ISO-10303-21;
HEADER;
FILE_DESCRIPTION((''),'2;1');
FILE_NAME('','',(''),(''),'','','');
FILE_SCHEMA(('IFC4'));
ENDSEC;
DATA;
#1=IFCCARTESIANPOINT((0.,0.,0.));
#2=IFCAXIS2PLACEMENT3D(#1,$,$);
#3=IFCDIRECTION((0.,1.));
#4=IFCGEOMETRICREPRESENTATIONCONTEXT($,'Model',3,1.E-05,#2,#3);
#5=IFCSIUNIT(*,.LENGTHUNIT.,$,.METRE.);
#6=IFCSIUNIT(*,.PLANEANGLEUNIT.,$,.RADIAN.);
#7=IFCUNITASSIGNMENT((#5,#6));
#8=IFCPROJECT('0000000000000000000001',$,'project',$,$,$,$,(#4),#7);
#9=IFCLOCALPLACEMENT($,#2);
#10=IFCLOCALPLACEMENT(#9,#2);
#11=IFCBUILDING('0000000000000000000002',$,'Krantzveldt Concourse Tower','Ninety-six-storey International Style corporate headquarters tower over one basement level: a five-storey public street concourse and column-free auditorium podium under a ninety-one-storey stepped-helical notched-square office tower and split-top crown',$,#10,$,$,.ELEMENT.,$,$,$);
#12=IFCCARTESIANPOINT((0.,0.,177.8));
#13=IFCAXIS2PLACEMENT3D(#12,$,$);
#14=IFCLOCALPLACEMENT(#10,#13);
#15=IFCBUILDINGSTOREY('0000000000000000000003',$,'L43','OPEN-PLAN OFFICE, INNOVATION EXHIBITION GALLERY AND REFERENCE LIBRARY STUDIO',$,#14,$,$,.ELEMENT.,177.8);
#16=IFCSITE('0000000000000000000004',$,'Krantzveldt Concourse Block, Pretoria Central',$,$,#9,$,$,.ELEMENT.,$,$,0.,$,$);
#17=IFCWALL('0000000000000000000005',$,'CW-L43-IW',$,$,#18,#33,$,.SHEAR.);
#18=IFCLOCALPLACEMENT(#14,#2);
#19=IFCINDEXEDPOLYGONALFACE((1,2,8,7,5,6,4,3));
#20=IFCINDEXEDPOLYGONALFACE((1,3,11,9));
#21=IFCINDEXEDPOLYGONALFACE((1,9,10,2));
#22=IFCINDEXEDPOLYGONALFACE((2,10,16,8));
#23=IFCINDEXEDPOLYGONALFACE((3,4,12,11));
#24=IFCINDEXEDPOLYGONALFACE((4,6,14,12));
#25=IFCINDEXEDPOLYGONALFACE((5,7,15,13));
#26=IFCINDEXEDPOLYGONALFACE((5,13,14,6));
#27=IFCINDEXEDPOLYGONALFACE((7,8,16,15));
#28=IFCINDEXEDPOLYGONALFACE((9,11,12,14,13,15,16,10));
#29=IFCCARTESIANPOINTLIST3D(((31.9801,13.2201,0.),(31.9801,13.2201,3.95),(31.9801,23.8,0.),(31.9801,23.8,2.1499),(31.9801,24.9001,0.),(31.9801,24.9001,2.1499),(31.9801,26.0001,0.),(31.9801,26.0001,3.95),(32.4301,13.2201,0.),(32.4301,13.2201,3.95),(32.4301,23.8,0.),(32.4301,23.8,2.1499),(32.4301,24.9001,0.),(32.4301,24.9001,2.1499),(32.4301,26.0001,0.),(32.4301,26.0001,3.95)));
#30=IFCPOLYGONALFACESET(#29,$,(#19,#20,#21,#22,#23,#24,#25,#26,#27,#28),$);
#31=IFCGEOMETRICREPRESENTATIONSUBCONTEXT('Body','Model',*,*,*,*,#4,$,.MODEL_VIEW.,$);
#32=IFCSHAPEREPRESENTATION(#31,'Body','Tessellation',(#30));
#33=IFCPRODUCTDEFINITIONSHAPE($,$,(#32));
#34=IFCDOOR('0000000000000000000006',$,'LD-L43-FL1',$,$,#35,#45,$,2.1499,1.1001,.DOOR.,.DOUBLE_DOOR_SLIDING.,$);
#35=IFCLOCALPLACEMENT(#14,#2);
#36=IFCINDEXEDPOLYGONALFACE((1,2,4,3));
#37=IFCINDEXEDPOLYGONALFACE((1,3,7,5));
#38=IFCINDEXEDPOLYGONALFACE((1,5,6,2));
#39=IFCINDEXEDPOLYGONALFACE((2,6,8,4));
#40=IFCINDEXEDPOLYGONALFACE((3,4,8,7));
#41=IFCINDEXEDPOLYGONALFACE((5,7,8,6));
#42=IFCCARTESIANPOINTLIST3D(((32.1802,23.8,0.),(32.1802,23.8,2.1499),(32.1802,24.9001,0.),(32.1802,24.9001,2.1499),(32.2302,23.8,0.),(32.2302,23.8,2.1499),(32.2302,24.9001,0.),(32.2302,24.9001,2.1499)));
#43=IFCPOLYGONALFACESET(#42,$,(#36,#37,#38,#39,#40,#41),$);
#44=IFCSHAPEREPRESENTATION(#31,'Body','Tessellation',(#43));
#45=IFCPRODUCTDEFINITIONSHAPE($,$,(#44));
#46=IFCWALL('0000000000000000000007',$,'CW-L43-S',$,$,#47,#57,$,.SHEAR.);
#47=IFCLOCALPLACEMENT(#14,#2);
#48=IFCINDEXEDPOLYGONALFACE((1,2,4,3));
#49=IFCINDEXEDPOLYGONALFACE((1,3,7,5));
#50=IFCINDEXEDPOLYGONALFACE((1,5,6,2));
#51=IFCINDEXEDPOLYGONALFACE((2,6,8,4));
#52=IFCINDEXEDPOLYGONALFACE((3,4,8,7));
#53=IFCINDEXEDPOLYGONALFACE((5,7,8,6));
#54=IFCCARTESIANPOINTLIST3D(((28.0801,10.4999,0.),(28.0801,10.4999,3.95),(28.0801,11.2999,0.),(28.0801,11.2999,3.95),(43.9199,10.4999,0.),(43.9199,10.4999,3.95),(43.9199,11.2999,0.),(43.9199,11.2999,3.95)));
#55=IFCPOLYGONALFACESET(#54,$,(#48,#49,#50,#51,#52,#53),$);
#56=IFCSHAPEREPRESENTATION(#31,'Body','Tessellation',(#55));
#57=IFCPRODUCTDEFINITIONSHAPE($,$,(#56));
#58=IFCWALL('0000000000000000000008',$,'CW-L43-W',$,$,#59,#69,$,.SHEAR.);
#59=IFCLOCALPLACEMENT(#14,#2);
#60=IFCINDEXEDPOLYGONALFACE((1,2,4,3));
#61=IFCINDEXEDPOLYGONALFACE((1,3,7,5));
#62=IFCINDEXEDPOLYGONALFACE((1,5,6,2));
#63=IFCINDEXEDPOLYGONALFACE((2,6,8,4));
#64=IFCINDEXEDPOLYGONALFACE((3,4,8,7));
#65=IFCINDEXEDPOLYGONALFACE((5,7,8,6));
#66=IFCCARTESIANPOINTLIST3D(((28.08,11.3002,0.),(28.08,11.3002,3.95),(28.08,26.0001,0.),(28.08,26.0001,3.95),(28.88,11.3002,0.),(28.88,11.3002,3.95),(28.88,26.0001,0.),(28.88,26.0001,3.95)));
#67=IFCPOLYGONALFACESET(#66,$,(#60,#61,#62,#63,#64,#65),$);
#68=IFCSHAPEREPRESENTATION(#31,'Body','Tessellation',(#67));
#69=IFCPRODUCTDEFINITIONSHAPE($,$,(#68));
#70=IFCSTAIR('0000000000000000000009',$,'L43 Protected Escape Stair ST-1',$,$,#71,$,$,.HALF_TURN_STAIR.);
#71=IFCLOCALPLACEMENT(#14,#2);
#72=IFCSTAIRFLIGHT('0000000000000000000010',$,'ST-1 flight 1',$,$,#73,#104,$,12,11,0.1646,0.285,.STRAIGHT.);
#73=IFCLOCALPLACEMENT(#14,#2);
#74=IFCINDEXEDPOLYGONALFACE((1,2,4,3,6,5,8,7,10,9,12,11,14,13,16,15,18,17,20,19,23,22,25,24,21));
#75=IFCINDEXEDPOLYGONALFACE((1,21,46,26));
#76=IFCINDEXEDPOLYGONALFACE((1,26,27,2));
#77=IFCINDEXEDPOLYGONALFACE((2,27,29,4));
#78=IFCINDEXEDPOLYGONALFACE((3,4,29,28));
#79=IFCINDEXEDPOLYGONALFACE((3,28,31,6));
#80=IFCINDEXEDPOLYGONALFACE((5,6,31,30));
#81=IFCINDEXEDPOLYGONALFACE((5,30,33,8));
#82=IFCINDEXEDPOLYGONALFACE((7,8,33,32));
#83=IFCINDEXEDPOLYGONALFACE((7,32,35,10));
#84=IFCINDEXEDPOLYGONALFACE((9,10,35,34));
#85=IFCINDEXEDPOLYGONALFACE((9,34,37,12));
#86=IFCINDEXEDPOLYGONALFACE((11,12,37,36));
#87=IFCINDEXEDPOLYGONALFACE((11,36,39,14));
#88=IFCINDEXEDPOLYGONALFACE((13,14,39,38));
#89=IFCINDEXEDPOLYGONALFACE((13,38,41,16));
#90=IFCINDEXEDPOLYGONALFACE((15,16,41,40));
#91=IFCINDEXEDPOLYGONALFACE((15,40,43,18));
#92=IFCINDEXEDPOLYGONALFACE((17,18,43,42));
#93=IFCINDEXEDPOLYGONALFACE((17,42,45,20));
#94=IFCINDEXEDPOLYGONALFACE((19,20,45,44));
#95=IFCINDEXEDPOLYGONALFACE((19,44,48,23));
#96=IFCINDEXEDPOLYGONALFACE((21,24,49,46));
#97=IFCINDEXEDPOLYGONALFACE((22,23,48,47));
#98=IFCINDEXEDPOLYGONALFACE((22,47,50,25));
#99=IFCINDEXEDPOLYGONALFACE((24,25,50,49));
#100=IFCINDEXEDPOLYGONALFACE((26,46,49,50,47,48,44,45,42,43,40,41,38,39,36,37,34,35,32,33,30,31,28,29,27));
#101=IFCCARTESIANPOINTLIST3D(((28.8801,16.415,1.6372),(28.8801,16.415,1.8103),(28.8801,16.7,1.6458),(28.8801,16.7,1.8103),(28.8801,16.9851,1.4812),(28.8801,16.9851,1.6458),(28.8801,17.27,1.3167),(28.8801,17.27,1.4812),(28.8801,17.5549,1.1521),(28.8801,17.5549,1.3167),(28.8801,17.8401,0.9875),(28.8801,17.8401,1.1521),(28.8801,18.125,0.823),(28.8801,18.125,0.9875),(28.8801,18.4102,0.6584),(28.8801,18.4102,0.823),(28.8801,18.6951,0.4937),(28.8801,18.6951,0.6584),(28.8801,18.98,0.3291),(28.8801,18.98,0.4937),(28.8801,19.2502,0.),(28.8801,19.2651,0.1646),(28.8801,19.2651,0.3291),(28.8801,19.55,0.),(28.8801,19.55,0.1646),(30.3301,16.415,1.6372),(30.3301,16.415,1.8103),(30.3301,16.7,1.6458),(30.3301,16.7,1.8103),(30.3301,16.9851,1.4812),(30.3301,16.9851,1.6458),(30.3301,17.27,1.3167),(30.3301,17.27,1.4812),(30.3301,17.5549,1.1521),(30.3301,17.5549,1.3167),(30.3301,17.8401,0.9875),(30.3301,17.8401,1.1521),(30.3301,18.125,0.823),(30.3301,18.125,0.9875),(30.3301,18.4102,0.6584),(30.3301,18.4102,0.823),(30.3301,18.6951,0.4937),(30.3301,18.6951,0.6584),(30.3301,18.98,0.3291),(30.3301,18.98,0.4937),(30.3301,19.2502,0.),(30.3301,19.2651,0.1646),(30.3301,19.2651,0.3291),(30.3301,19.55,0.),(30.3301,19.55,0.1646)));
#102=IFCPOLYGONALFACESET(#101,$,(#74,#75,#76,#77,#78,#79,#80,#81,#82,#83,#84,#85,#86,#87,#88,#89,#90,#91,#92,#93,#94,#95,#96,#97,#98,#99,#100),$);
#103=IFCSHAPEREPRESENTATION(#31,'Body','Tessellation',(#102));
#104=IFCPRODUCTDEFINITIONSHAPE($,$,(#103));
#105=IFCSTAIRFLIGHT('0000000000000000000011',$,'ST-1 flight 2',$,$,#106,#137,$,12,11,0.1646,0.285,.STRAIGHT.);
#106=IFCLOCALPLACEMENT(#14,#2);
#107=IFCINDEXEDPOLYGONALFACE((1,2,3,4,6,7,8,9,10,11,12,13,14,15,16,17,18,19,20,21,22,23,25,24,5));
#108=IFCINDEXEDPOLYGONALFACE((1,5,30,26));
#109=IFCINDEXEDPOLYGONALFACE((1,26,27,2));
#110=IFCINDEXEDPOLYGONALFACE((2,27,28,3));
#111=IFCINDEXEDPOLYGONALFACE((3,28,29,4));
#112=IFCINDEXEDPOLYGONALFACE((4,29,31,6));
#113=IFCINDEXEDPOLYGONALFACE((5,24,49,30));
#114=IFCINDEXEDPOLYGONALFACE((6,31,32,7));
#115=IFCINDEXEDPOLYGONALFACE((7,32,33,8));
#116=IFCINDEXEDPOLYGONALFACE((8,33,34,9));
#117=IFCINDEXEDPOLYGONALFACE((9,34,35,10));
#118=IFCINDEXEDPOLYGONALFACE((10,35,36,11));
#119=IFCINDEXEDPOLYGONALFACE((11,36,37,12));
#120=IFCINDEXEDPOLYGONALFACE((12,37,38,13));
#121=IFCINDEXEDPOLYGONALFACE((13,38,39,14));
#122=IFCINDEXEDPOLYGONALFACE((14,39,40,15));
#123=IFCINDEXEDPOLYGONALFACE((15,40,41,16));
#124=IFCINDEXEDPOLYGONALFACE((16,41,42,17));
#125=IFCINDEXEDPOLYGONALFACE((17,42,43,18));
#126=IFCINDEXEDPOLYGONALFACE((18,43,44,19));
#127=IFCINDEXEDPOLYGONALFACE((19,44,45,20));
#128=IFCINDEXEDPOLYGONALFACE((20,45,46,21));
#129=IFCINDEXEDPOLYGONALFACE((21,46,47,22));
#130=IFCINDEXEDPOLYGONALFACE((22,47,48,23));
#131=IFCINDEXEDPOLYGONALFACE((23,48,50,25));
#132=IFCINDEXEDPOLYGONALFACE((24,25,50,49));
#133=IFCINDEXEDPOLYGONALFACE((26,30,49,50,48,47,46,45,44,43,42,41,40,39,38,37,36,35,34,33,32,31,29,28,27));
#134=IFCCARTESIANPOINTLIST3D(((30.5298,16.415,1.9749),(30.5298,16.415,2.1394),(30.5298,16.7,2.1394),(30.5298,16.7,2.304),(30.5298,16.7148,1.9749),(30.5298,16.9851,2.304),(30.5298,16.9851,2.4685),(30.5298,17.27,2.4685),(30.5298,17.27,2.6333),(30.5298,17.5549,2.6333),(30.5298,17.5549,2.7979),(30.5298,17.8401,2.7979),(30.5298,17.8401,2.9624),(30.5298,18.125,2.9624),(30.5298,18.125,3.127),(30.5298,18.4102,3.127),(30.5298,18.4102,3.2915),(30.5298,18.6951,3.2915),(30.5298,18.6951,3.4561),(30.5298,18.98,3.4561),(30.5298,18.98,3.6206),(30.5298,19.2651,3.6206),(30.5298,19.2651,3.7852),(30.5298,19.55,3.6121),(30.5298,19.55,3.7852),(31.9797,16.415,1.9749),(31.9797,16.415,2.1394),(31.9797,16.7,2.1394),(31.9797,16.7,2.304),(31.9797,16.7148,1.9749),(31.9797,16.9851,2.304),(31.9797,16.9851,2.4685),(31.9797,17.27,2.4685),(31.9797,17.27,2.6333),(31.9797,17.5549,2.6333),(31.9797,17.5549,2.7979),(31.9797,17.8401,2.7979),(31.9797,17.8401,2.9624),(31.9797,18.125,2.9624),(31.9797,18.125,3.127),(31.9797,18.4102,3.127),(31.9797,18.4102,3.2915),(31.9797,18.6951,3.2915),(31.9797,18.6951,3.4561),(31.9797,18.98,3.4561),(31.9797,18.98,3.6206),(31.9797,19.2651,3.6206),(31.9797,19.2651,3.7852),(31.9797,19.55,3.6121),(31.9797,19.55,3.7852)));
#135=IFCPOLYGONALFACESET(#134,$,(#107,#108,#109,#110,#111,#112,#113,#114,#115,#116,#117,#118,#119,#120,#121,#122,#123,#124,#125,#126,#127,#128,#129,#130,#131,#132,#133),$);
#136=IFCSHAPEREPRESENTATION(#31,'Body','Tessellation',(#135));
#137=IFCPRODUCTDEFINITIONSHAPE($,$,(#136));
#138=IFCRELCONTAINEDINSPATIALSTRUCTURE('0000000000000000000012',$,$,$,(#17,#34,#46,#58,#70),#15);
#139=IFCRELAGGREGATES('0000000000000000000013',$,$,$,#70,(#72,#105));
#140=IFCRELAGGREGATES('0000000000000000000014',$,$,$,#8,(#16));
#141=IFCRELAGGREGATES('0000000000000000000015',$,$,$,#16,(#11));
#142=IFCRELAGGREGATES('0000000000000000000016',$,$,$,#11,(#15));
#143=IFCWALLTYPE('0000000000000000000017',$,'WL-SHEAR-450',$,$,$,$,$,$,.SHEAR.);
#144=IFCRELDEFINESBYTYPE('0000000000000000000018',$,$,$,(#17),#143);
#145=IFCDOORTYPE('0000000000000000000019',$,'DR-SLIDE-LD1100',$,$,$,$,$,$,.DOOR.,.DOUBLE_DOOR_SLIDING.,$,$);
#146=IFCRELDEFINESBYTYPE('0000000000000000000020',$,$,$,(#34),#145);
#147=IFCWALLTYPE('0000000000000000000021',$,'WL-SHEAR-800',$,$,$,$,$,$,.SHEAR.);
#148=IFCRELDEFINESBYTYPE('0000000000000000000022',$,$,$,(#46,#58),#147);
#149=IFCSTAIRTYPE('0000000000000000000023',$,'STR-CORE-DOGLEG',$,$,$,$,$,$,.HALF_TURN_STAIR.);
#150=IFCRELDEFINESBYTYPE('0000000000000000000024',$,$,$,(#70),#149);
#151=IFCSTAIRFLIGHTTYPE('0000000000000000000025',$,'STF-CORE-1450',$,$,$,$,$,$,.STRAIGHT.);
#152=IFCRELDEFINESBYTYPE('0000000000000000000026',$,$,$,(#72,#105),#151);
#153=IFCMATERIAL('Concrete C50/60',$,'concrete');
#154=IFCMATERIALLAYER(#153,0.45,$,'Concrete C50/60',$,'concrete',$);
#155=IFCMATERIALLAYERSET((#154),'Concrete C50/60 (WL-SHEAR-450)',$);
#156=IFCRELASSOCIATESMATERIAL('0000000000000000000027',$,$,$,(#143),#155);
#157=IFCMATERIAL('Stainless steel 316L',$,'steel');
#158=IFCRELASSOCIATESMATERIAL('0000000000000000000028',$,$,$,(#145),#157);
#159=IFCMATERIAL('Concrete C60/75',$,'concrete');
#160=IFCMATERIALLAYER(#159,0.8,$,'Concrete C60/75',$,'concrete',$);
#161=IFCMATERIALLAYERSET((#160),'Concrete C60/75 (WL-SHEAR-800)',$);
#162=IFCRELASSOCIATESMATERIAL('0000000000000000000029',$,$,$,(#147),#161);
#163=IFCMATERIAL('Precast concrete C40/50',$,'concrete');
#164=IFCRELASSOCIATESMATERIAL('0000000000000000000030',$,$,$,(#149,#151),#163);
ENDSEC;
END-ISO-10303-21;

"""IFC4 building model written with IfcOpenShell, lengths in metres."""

from ifc_helpers import new_model, si_unit, direction, frame, frame_2d, origin, place, context, subcontext, project, spatial, polyline, rectangle, outline, extrude, material, layer, layer_set, type_object, element, fill, aggregate, save


model = new_model("IFC4")

# Units and contexts
model_context = context("Model", 3, precision=1e-05, world=origin(), true_north=direction((0.0, 1.0)))
body_context = subcontext(model_context, "Body", "Model", "MODEL_VIEW")
ifc_project = project(units=[si_unit("LENGTHUNIT", "METRE"), si_unit("PLANEANGLEUNIT", "RADIAN")], contexts=[model_context])

# Site, building, storey
site_placement = place(None, origin())
site = spatial("IfcSite", under=ifc_project, at=site_placement, Name="Krantzveldt Concourse Block, Pretoria Central", CompositionType="ELEMENT", RefElevation=0.0)
building_placement = place(site_placement, origin())
building = spatial("IfcBuilding", under=site, at=building_placement, Name="Krantzveldt Concourse Tower", Description="Ninety-six-storey International Style corporate headquarters tower over one basement level: a five-storey public street concourse and column-free auditorium podium under a ninety-one-storey stepped-helical notched-square office tower and split-top crown", CompositionType="ELEMENT")
storey_placement = place(building_placement, frame((0.0, 0.0, 177.8)))
storey = spatial("IfcBuildingStorey", under=building, at=storey_placement, Name="L43", Description="OPEN-PLAN OFFICE, INNOVATION EXHIBITION GALLERY AND REFERENCE LIBRARY STUDIO", CompositionType="ELEMENT", Elevation=177.8)

# Shared definitions
ifc_material_1 = material(Name="Concrete C50/60", Category="concrete")

# Wall, opening, door
ifc_layer_1 = layer(ifc_material_1, 0.45, Name="Concrete C50/60", Category="concrete")
ifc_layer_set_1 = layer_set([ifc_layer_1], Name="Concrete C50/60 (WL-SHEAR-450)")
wall_type_1 = type_object("IfcWallType", Name="WL-SHEAR-450", PredefinedType="SHEAR", material=ifc_layer_set_1)
wall_1_placement = place(storey_placement, frame((32.2051, 13.22, 0.0), z_axis=(0.0, 0.0, 1.0), x_axis=(0.0, 1.0, 0.0)))
wall_1 = element("IfcWall", 1, at=wall_1_placement, inside=storey, type_object=wall_type_1, Name="CW-L43-IW", PredefinedType="SHEAR", context=body_context, shape_type="SweptSolid", body=[
    extrude(rectangle(XDim=12.78, YDim=0.45, at=frame_2d((6.3901, 0.0))), origin(), (0.0, 0.0, 1.0), 3.95),
])
opening_1_placement = place(wall_1_placement, frame((10.5801, 0.0, 0.0)))
opening_1 = element("IfcOpeningElement", 2, at=opening_1_placement, cuts=wall_1, PredefinedType="OPENING", context=body_context, shape_type="SweptSolid", body=[
    extrude(rectangle(XDim=1.1001, YDim=2.1499, at=frame_2d((0.55, 1.075))), frame((0.0, 0.2349, 0.0), z_axis=(0.0, -1.0, 0.0), x_axis=(1.0, 0.0, 0.0)), (0.0, 0.0, 1.0), 0.47),
])
ifc_material_2 = material(Name="Stainless steel 316L", Category="steel")
door_type_1 = type_object("IfcDoorType", Name="DR-SLIDE-LD1100", OperationType="DOUBLE_DOOR_SLIDING", PredefinedType="DOOR", material=ifc_material_2)
door_1_placement = place(opening_1_placement, origin())
door_1 = element("IfcDoor", 3, at=door_1_placement, inside=storey, type_object=door_type_1, Name="LD-L43-FL1", OperationType="DOUBLE_DOOR_SLIDING", OverallHeight=2.1499, OverallWidth=1.1001, PredefinedType="DOOR", context=body_context, shape_type="SweptSolid", body=[
    extrude(rectangle(XDim=1.1001, YDim=2.1499, at=frame_2d((0.55, 1.075))), frame((0.0, 0.0249, 0.0), z_axis=(0.0, -1.0, 0.0), x_axis=(1.0, 0.0, 0.0)), (0.0, 0.0, 1.0), 0.05),
])
fill(opening_1, door_1)

# Walls
ifc_material_3 = material(Name="Concrete C60/75", Category="concrete")
ifc_layer_2 = layer(ifc_material_3, 0.8, Name="Concrete C60/75", Category="concrete")
ifc_layer_set_2 = layer_set([ifc_layer_2], Name="Concrete C60/75 (WL-SHEAR-800)")
wall_type_2 = type_object("IfcWallType", Name="WL-SHEAR-800", PredefinedType="SHEAR", material=ifc_layer_set_2)
wall_2_placement = place(storey_placement, frame((28.0801, 10.8999, 0.0), z_axis=(0.0, 0.0, 1.0), x_axis=(1.0, 0.0, 0.0)))
element("IfcWall", 4, at=wall_2_placement, inside=storey, type_object=wall_type_2, Name="CW-L43-S", PredefinedType="SHEAR", context=body_context, shape_type="SweptSolid", body=[
    extrude(rectangle(XDim=15.8398, YDim=0.8, at=frame_2d((7.9199, 0.0))), origin(), (0.0, 0.0, 1.0), 3.95),
])
wall_3_placement = place(storey_placement, frame((28.48, 11.3, 0.0), z_axis=(0.0, 0.0, 1.0), x_axis=(0.0, 1.0, 0.0)))
element("IfcWall", 5, at=wall_3_placement, inside=storey, type_object=wall_type_2, Name="CW-L43-W", PredefinedType="SHEAR", context=body_context, shape_type="SweptSolid", body=[
    extrude(rectangle(XDim=14.7, YDim=0.8, at=frame_2d((7.3501, 0.0))), origin(), (0.0, 0.0, 1.0), 3.95),
])

# Stair, stair flights
ifc_material_4 = material(Name="Precast concrete C40/50", Category="concrete")
stair_type = type_object("IfcStairType", Name="STR-CORE-DOGLEG", PredefinedType="HALF_TURN_STAIR", material=ifc_material_4)
stair_placement = place(storey_placement, origin())
stair = element("IfcStair", 6, at=stair_placement, inside=storey, type_object=stair_type, Name="L43 Protected Escape Stair ST-1", PredefinedType="HALF_TURN_STAIR")
stair_flight_type = type_object("IfcStairFlightType", Name="STF-CORE-1450", PredefinedType="STRAIGHT", material=ifc_material_4)
stair_flight_1_placement = place(storey_placement, frame((29.605, 19.55, 0.0), z_axis=(0.0, 0.0, 1.0), x_axis=(0.0, -1.0, 0.0)))
stair_flight_1 = element("IfcStairFlight", 7, at=stair_flight_1_placement, type_object=stair_flight_type, Name="ST-1 flight 1", NumberOfRisers=12, NumberOfTreads=11, PredefinedType="STRAIGHT", RiserHeight=0.1646, TreadLength=0.285, context=body_context, shape_type="SweptSolid", body=[
    extrude(outline(polyline([(0.0, 0.0), (0.0, 0.1646), (0.2849, 0.1646), (0.2849, 0.3291), (0.5701, 0.3291), (0.5701, 0.4937), (0.855, 0.4937), (0.855, 0.6584), (1.1399, 0.6584), (1.1399, 0.823), (1.425, 0.823), (1.425, 0.9875), (1.71, 0.9875), (1.71, 1.1521), (1.9951, 1.1521), (1.9951, 1.3167), (2.28, 1.3167), (2.28, 1.4812), (2.5649, 1.4812), (2.5649, 1.6458), (2.8501, 1.6458), (2.8501, 1.8103), (3.135, 1.8103), (3.135, 1.9751), (3.135, 1.6372), (0.2998, 0.0), (0.0, 0.0)])), frame((0.0, 0.7251, 0.0), z_axis=(0.0, -1.0, 0.0), x_axis=(1.0, 0.0, 0.0)), (0.0, 0.0, 1.0), 1.45),
])
stair_flight_2_placement = place(storey_placement, frame((31.2549, 16.415, 1.9749), z_axis=(0.0, 0.0, 1.0), x_axis=(0.0, 1.0, 0.0)))
stair_flight_2 = element("IfcStairFlight", 8, at=stair_flight_2_placement, type_object=stair_flight_type, Name="ST-1 flight 2", NumberOfRisers=12, NumberOfTreads=11, PredefinedType="STRAIGHT", RiserHeight=0.1646, TreadLength=0.285, context=body_context, shape_type="SweptSolid", body=[
    extrude(outline(polyline([(0.0, 0.0), (0.0, 0.1646), (0.2849, 0.1646), (0.2849, 0.3291), (0.5701, 0.3291), (0.5701, 0.4937), (0.855, 0.4937), (0.855, 0.6584), (1.1399, 0.6584), (1.1399, 0.823), (1.425, 0.823), (1.425, 0.9875), (1.71, 0.9875), (1.71, 1.1521), (1.9951, 1.1521), (1.9951, 1.3167), (2.28, 1.3167), (2.28, 1.4812), (2.5649, 1.4812), (2.5649, 1.6458), (2.8501, 1.6458), (2.8501, 1.8103), (3.135, 1.8103), (3.135, 1.9751), (3.135, 1.6372), (0.2998, 0.0), (0.0, 0.0)])), frame((0.0, 0.7251, 0.0), z_axis=(0.0, -1.0, 0.0), x_axis=(1.0, 0.0, 0.0)), (0.0, 0.0, 1.0), 1.45),
])
aggregate(stair, [stair_flight_1, stair_flight_2])

save(model, "model.ifc")
